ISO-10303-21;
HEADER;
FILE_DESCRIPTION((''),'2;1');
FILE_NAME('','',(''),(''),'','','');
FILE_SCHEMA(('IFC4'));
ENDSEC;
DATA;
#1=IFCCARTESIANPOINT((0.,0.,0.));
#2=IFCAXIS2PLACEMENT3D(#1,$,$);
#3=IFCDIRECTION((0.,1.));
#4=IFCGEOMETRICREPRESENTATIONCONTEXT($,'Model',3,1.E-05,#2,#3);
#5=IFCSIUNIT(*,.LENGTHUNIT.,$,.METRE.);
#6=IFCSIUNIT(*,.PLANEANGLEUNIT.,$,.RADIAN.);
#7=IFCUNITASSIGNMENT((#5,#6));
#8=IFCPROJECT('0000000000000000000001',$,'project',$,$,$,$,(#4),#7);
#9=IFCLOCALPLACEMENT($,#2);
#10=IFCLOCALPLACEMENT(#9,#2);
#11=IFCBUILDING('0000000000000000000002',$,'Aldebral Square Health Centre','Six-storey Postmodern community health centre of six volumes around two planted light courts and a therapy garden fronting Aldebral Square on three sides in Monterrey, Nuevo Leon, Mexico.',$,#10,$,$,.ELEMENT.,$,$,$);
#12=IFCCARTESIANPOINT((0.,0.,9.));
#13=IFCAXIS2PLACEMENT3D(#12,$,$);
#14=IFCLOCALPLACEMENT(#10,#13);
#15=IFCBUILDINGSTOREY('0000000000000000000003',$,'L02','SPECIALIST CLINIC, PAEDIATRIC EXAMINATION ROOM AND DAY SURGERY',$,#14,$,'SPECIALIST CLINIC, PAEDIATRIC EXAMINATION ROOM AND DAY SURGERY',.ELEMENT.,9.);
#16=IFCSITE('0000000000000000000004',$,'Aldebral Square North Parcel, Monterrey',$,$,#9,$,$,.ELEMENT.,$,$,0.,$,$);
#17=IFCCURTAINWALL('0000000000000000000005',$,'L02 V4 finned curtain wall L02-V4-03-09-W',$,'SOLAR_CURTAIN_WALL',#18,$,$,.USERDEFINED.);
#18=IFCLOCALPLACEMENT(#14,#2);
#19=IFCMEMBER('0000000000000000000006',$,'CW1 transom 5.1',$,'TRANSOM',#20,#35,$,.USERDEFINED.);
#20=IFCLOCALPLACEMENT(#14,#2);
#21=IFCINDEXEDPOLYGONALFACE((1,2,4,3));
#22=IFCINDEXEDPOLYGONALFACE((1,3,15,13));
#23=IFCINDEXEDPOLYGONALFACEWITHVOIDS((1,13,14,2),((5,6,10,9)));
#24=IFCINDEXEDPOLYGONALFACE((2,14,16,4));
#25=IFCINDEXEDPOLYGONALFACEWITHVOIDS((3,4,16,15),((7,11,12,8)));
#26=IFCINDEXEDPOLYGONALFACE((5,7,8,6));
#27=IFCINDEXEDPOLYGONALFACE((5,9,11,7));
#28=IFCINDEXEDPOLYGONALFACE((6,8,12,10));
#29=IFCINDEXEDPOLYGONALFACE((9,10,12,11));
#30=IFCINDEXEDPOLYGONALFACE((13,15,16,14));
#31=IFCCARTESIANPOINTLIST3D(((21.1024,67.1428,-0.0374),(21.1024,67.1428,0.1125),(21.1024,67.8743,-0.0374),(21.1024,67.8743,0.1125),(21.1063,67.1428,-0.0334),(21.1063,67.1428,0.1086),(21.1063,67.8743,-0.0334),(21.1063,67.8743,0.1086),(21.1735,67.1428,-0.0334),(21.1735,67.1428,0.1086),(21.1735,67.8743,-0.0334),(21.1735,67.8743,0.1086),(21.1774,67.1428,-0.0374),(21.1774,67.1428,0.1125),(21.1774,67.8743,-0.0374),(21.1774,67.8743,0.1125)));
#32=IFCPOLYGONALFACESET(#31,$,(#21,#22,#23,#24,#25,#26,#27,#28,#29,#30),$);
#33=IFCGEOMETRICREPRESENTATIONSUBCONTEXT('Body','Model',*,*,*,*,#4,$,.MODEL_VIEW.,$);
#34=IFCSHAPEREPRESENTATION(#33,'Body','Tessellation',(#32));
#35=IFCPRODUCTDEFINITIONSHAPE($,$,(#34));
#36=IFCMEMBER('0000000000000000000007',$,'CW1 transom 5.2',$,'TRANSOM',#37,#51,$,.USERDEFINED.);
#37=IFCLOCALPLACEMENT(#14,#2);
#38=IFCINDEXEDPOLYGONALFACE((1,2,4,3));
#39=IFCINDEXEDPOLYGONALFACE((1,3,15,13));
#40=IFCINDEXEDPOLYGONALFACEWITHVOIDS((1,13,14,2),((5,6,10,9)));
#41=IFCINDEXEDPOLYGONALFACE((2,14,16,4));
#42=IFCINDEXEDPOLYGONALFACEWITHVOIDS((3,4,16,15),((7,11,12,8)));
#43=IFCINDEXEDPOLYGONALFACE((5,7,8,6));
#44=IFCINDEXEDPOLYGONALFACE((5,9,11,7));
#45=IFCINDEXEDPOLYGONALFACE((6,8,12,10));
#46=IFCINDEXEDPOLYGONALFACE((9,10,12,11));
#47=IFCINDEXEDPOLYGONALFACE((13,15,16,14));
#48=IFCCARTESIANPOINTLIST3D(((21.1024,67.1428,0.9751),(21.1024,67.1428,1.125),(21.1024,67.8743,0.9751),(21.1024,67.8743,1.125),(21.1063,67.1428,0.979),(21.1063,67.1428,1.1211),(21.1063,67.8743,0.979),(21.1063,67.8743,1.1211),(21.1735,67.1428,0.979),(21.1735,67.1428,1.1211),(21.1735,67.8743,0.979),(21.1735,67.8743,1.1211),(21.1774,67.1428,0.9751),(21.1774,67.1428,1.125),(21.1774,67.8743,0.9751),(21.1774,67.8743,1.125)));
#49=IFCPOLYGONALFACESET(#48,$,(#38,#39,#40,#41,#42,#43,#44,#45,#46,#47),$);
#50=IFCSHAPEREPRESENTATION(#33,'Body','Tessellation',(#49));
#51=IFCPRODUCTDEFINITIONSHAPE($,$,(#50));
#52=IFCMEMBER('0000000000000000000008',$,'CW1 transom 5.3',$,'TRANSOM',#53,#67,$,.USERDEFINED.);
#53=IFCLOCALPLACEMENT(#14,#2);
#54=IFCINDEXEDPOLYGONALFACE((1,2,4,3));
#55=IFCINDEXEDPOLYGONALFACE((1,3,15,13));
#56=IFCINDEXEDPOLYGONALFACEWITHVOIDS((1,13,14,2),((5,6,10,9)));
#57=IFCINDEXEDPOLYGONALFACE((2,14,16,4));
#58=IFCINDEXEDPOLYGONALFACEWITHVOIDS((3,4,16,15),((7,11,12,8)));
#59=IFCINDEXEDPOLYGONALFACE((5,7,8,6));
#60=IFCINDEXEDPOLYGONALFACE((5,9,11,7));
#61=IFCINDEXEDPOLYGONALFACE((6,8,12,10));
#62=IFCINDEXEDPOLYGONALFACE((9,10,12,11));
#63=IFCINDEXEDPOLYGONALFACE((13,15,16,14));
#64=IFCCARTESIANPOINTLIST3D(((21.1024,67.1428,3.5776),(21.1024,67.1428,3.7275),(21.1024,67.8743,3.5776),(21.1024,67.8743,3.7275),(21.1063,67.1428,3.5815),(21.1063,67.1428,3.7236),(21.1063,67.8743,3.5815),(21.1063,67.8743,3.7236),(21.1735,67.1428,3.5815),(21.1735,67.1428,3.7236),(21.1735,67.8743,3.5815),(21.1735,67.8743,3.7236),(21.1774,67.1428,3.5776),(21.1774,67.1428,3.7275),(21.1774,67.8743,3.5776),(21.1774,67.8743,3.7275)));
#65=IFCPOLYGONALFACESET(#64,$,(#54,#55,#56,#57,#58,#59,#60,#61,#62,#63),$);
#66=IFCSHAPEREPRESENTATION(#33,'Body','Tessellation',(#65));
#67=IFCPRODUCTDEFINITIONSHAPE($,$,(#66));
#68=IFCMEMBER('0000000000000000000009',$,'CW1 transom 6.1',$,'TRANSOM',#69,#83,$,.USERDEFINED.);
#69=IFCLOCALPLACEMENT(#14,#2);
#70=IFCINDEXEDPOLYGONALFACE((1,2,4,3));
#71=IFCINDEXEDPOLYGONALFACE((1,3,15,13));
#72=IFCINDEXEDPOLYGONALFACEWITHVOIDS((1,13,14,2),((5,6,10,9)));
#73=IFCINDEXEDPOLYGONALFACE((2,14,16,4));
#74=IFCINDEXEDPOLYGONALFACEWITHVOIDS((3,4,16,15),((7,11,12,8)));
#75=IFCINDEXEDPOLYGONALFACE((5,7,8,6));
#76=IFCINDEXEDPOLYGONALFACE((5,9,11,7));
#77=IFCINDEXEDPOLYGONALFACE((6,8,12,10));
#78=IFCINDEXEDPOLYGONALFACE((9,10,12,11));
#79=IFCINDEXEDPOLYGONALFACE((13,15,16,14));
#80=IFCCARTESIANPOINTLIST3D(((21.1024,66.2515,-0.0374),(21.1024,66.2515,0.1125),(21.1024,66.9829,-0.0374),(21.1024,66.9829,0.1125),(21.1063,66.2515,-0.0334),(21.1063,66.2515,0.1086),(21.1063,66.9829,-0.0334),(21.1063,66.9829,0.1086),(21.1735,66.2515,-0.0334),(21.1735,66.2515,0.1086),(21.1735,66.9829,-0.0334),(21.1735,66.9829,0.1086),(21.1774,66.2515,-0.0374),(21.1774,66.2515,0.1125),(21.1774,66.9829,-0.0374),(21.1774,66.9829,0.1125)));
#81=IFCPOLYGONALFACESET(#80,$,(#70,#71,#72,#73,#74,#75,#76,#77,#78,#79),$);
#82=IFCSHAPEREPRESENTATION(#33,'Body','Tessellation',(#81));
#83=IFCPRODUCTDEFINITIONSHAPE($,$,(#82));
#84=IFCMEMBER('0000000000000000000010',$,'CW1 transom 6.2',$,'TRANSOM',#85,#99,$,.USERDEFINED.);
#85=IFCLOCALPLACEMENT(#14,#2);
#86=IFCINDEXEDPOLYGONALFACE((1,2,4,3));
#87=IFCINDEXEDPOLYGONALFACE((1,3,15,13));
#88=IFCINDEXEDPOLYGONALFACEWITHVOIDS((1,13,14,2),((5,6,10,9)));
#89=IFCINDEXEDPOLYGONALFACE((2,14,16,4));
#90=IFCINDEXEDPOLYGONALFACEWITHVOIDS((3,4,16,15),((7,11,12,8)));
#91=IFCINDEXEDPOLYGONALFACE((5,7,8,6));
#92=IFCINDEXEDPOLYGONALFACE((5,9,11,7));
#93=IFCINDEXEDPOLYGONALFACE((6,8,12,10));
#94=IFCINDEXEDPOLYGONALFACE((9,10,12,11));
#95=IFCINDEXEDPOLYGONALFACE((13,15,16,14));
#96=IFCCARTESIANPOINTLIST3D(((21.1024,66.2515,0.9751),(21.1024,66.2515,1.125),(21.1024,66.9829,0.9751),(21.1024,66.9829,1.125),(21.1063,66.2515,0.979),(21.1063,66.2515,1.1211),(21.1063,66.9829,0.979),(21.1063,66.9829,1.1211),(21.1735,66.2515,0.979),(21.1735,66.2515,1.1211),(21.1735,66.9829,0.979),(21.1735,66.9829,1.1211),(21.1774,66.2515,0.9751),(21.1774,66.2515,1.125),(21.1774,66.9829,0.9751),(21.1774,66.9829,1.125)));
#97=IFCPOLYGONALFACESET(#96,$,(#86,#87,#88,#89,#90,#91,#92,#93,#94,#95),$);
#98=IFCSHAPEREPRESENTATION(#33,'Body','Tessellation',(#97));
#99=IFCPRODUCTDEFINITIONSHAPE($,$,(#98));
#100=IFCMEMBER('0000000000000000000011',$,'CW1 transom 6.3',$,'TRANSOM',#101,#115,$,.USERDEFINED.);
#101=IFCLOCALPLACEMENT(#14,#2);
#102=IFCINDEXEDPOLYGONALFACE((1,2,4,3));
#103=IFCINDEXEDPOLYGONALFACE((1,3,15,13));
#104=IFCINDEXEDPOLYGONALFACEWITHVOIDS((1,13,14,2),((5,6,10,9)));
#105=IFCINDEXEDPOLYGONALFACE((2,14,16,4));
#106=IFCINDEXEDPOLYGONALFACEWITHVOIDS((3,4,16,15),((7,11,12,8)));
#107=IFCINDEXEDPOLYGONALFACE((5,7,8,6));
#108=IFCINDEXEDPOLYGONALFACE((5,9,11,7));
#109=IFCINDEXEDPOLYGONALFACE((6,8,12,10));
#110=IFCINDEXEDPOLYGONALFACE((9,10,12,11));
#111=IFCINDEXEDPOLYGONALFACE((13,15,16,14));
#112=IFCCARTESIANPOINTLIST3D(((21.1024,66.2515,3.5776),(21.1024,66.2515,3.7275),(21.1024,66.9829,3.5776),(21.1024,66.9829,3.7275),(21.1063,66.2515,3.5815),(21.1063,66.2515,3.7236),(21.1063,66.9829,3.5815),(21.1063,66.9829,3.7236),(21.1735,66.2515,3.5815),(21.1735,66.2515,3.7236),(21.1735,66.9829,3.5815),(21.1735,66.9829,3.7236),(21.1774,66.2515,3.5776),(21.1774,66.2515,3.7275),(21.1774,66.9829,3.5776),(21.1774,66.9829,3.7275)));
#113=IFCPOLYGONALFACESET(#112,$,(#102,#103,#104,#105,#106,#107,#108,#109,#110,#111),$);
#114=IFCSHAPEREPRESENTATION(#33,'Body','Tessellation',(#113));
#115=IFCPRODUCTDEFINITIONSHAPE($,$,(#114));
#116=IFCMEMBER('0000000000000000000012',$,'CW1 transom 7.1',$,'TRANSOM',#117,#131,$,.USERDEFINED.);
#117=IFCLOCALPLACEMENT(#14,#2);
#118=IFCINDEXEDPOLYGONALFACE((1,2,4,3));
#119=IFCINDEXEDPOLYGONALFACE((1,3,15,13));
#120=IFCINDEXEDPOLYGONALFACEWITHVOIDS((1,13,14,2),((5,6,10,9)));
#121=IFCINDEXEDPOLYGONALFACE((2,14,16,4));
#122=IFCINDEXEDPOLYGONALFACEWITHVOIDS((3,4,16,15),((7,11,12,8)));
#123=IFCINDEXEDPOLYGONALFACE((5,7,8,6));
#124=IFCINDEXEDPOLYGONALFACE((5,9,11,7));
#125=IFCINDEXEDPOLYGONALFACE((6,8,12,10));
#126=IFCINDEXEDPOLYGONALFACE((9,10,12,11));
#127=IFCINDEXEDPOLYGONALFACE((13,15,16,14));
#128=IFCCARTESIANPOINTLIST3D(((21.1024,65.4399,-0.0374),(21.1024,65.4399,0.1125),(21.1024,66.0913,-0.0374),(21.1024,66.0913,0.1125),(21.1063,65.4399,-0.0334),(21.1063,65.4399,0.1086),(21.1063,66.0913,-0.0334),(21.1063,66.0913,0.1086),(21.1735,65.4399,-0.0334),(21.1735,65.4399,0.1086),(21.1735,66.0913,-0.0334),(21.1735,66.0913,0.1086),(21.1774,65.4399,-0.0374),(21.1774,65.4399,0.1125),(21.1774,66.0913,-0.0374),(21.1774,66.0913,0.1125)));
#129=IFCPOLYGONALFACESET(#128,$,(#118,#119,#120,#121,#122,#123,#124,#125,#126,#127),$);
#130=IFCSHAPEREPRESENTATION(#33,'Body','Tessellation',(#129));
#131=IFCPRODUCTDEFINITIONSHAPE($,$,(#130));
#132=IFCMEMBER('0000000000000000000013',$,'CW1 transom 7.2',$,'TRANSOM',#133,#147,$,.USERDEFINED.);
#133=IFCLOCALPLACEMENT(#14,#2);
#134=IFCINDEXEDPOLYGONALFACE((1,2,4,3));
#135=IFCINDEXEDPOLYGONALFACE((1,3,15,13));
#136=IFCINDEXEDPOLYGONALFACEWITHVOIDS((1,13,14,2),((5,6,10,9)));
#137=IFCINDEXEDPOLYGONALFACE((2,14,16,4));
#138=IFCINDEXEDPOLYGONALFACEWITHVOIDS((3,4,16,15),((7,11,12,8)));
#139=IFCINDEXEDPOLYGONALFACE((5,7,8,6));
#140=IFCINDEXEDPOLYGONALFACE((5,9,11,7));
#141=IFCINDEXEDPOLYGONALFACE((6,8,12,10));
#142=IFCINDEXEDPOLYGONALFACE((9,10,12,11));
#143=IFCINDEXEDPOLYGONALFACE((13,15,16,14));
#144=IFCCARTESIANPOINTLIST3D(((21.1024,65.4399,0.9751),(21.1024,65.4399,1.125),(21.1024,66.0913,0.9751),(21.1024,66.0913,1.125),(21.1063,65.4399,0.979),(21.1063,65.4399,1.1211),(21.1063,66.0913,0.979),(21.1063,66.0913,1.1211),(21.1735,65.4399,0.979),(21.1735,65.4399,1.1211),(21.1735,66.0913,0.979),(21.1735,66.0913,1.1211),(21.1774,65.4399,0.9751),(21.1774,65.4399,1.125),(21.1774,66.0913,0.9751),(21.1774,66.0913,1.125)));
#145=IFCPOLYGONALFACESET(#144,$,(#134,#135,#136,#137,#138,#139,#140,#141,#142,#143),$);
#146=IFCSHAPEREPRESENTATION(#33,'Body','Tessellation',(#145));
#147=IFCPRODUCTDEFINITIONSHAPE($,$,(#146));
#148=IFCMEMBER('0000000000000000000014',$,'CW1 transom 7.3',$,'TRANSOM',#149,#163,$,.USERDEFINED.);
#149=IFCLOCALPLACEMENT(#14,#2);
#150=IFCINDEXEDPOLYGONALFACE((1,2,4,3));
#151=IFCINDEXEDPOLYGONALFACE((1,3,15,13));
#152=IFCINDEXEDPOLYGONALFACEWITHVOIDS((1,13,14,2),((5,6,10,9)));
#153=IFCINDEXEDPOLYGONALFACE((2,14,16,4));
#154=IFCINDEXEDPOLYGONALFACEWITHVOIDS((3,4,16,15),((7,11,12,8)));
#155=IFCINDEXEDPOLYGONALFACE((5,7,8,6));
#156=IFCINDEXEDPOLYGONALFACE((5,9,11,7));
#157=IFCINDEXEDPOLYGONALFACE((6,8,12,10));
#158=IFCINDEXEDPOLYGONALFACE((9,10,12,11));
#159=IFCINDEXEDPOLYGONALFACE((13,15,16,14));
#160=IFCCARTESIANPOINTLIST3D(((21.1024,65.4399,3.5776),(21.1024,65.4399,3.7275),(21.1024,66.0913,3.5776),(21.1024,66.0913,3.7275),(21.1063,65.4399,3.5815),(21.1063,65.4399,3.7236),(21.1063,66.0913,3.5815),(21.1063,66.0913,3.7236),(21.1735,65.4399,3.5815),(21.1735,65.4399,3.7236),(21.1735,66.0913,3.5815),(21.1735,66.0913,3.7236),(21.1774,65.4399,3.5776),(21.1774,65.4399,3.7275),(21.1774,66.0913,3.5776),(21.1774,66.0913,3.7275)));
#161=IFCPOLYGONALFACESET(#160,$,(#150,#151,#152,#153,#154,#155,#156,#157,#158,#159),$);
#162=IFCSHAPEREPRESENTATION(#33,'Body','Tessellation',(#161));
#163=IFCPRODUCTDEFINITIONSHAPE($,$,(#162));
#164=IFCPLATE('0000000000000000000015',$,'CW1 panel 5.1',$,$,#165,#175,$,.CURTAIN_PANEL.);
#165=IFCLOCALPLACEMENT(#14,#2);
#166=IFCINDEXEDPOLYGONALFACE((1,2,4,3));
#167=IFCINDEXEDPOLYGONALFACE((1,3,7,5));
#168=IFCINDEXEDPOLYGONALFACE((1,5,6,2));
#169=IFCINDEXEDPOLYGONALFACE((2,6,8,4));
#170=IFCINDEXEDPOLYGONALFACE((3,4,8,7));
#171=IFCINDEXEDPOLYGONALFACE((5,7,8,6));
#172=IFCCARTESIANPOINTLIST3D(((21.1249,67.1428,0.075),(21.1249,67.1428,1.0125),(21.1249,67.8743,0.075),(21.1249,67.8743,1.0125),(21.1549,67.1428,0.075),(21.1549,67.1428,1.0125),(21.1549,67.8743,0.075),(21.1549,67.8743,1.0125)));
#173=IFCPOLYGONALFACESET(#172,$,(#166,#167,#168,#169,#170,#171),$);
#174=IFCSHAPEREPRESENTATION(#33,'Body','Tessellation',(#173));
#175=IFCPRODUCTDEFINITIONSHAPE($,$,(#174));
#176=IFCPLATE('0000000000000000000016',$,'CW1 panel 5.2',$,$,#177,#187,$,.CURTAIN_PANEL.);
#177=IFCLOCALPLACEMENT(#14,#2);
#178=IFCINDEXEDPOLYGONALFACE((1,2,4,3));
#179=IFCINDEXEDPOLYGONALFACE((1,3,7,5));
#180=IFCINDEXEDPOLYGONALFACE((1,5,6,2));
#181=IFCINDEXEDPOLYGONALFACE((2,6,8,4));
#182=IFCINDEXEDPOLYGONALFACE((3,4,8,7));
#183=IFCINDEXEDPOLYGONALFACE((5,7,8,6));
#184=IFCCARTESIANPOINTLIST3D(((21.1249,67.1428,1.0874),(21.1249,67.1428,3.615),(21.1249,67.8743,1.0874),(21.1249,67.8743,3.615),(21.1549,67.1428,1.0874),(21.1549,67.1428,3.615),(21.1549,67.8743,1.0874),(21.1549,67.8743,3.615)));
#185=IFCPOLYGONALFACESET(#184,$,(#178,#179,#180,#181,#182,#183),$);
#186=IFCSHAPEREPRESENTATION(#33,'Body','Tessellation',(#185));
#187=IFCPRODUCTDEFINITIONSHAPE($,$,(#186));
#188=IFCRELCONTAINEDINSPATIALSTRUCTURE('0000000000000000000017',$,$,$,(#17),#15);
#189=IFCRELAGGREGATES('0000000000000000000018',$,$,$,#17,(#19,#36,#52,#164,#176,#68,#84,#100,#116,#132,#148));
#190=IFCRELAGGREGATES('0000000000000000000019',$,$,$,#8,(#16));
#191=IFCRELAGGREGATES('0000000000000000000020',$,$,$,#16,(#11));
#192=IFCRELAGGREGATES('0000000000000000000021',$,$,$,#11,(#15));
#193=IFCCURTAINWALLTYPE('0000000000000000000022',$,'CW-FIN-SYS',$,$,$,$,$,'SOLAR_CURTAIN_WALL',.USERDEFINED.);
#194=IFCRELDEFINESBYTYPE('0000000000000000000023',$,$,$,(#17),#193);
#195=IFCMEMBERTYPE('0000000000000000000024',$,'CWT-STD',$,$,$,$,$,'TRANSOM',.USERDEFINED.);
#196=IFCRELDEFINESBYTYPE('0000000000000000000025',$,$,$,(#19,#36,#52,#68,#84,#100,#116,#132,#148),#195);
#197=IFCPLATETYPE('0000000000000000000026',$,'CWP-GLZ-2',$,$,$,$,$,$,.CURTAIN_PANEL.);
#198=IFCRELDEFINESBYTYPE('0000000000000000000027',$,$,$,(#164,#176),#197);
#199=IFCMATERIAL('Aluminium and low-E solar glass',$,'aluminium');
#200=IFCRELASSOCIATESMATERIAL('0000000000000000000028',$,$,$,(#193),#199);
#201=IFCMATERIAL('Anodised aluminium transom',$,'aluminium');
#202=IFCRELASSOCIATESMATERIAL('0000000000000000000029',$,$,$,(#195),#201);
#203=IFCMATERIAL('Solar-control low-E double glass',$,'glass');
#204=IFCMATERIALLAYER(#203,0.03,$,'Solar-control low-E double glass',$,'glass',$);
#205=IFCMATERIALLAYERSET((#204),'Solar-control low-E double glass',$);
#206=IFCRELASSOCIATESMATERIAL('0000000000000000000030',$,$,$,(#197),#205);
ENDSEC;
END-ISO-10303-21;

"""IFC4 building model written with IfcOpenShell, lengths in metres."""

from ifc_helpers import new_model, si_unit, direction, frame, origin, origin_2d, place, context, subcontext, project, spatial, rectangle, hollow_rectangle, extrude, material, layer, layer_set, material_profile, profile_set, type_object, element, aggregate, save


model = new_model("IFC4")

# Units and contexts
model_context = context("Model", 3, precision=1e-05, world=origin(), true_north=direction((0.0, 1.0)))
body_context = subcontext(model_context, "Body", "Model", "MODEL_VIEW")
ifc_project = project(units=[si_unit("LENGTHUNIT", "METRE"), si_unit("PLANEANGLEUNIT", "RADIAN")], contexts=[model_context])

# Site, building, storey
site_placement = place(None, origin())
site = spatial("IfcSite", under=ifc_project, at=site_placement, Name="Aldebral Square North Parcel, Monterrey", CompositionType="ELEMENT", RefElevation=0.0)
building_placement = place(site_placement, origin())
building = spatial("IfcBuilding", under=site, at=building_placement, Name="Aldebral Square Health Centre", Description="Six-storey Postmodern community health centre of six volumes around two planted light courts and a therapy garden fronting Aldebral Square on three sides in Monterrey, Nuevo Leon, Mexico.", CompositionType="ELEMENT")
storey_placement = place(building_placement, frame((0.0, 0.0, 9.0)))
storey = spatial("IfcBuildingStorey", under=building, at=storey_placement, Name="L02", Description="SPECIALIST CLINIC, PAEDIATRIC EXAMINATION ROOM AND DAY SURGERY", LongName="SPECIALIST CLINIC, PAEDIATRIC EXAMINATION ROOM AND DAY SURGERY", CompositionType="ELEMENT", Elevation=9.0)

# Shared definitions
ifc_material_1 = material(Name="Aluminium and low-E solar glass", Category="aluminium")
curtain_wall_type = type_object("IfcCurtainWallType", Name="CW-FIN-SYS", ElementType="SOLAR_CURTAIN_WALL", PredefinedType="USERDEFINED", material=ifc_material_1)

# Curtain wall, members, plates
curtain_wall_1_placement = place(storey_placement, origin())
curtain_wall_1 = element("IfcCurtainWall", 1, at=curtain_wall_1_placement, inside=storey, type_object=curtain_wall_type, Name="L02 V4 finned curtain wall L02-V4-03-09-W", ObjectType="SOLAR_CURTAIN_WALL", PredefinedType="USERDEFINED")
ifc_material_2 = material(Name="Anodised aluminium transom", Category="aluminium")
ifc_material_profile_1 = material_profile(ifc_material_2, hollow_rectangle(XDim=0.075, YDim=0.1499, WallThickness=0.0039, at=origin_2d()), Name="CWT 75x150x4")
ifc_profile_set_1 = profile_set([ifc_material_profile_1], Name="Anodised aluminium transom")
member_type_1 = type_object("IfcMemberType", Name="CWT-STD", ElementType="TRANSOM", PredefinedType="USERDEFINED", material=ifc_profile_set_1)
member_1_placement = place(storey_placement, frame((21.1399, 67.8743, 0.0376), z_axis=(0.0, -1.0, 0.0), x_axis=(1.0, 0.0, 0.0)))
member_1 = element("IfcMember", 2, at=member_1_placement, type_object=member_type_1, Name="CW1 transom 5.1", ObjectType="TRANSOM", PredefinedType="USERDEFINED", context=body_context, shape_type="SweptSolid", body=[
    extrude(hollow_rectangle(XDim=0.075, YDim=0.1499, WallThickness=0.0039, at=origin_2d()), origin(), (0.0, 0.0, 1.0), 0.7314),
])
member_2_placement = place(storey_placement, frame((21.1399, 67.8743, 1.05), z_axis=(0.0, -1.0, 0.0), x_axis=(1.0, 0.0, 0.0)))
member_2 = element("IfcMember", 3, at=member_2_placement, type_object=member_type_1, Name="CW1 transom 5.2", ObjectType="TRANSOM", PredefinedType="USERDEFINED", context=body_context, shape_type="SweptSolid", body=[
    extrude(hollow_rectangle(XDim=0.075, YDim=0.1499, WallThickness=0.0039, at=origin_2d()), origin(), (0.0, 0.0, 1.0), 0.7314),
])
member_3_placement = place(storey_placement, frame((21.1399, 67.8743, 3.6526), z_axis=(0.0, -1.0, 0.0), x_axis=(1.0, 0.0, 0.0)))
member_3 = element("IfcMember", 4, at=member_3_placement, type_object=member_type_1, Name="CW1 transom 5.3", ObjectType="TRANSOM", PredefinedType="USERDEFINED", context=body_context, shape_type="SweptSolid", body=[
    extrude(hollow_rectangle(XDim=0.075, YDim=0.1499, WallThickness=0.0039, at=origin_2d()), origin(), (0.0, 0.0, 1.0), 0.7314),
])
member_4_placement = place(storey_placement, frame((21.1399, 66.9829, 0.0376), z_axis=(0.0, -1.0, 0.0), x_axis=(1.0, 0.0, 0.0)))
member_4 = element("IfcMember", 5, at=member_4_placement, type_object=member_type_1, Name="CW1 transom 6.1", ObjectType="TRANSOM", PredefinedType="USERDEFINED", context=body_context, shape_type="SweptSolid", body=[
    extrude(hollow_rectangle(XDim=0.075, YDim=0.1499, WallThickness=0.0039, at=origin_2d()), origin(), (0.0, 0.0, 1.0), 0.7314),
])
member_5_placement = place(storey_placement, frame((21.1399, 66.9829, 1.05), z_axis=(0.0, -1.0, 0.0), x_axis=(1.0, 0.0, 0.0)))
member_5 = element("IfcMember", 6, at=member_5_placement, type_object=member_type_1, Name="CW1 transom 6.2", ObjectType="TRANSOM", PredefinedType="USERDEFINED", context=body_context, shape_type="SweptSolid", body=[
    extrude(hollow_rectangle(XDim=0.075, YDim=0.1499, WallThickness=0.0039, at=origin_2d()), origin(), (0.0, 0.0, 1.0), 0.7314),
])
member_6_placement = place(storey_placement, frame((21.1399, 66.9829, 3.6526), z_axis=(0.0, -1.0, 0.0), x_axis=(1.0, 0.0, 0.0)))
member_6 = element("IfcMember", 7, at=member_6_placement, type_object=member_type_1, Name="CW1 transom 6.3", ObjectType="TRANSOM", PredefinedType="USERDEFINED", context=body_context, shape_type="SweptSolid", body=[
    extrude(hollow_rectangle(XDim=0.075, YDim=0.1499, WallThickness=0.0039, at=origin_2d()), origin(), (0.0, 0.0, 1.0), 0.7314),
])
member_7_placement = place(storey_placement, frame((21.1399, 66.0913, 0.0376), z_axis=(0.0, -1.0, 0.0), x_axis=(1.0, 0.0, 0.0)))
member_7 = element("IfcMember", 8, at=member_7_placement, type_object=member_type_1, Name="CW1 transom 7.1", ObjectType="TRANSOM", PredefinedType="USERDEFINED", context=body_context, shape_type="SweptSolid", body=[
    extrude(hollow_rectangle(XDim=0.075, YDim=0.1499, WallThickness=0.0039, at=origin_2d()), origin(), (0.0, 0.0, 1.0), 0.6514),
])
member_8_placement = place(storey_placement, frame((21.1399, 66.0913, 1.05), z_axis=(0.0, -1.0, 0.0), x_axis=(1.0, 0.0, 0.0)))
member_8 = element("IfcMember", 9, at=member_8_placement, type_object=member_type_1, Name="CW1 transom 7.2", ObjectType="TRANSOM", PredefinedType="USERDEFINED", context=body_context, shape_type="SweptSolid", body=[
    extrude(hollow_rectangle(XDim=0.075, YDim=0.1499, WallThickness=0.0039, at=origin_2d()), origin(), (0.0, 0.0, 1.0), 0.6514),
])
member_9_placement = place(storey_placement, frame((21.1399, 66.0913, 3.6526), z_axis=(0.0, -1.0, 0.0), x_axis=(1.0, 0.0, 0.0)))
member_9 = element("IfcMember", 10, at=member_9_placement, type_object=member_type_1, Name="CW1 transom 7.3", ObjectType="TRANSOM", PredefinedType="USERDEFINED", context=body_context, shape_type="SweptSolid", body=[
    extrude(hollow_rectangle(XDim=0.075, YDim=0.1499, WallThickness=0.0039, at=origin_2d()), origin(), (0.0, 0.0, 1.0), 0.6514),
])
ifc_material_3 = material(Name="Solar-control low-E double glass", Category="glass")
ifc_layer_1 = layer(ifc_material_3, 0.03, Name="Solar-control low-E double glass", Category="glass")
ifc_layer_set_1 = layer_set([ifc_layer_1], Name="Solar-control low-E double glass")
plate_type_1 = type_object("IfcPlateType", Name="CWP-GLZ-2", PredefinedType="CURTAIN_PANEL", material=ifc_layer_set_1)
plate_1_placement = place(storey_placement, frame((21.1399, 67.5085, 0.075), z_axis=(0.0, 0.0, 1.0), x_axis=(0.0, -1.0, 0.0)))
plate_1 = element("IfcPlate", 11, at=plate_1_placement, type_object=plate_type_1, Name="CW1 panel 5.1", PredefinedType="CURTAIN_PANEL", context=body_context, shape_type="SweptSolid", body=[
    extrude(rectangle(XDim=0.7314, YDim=0.03, at=origin_2d()), origin(), (0.0, 0.0, 1.0), 0.9375),
])
plate_2_placement = place(storey_placement, frame((21.1399, 67.5085, 1.0874), z_axis=(0.0, 0.0, 1.0), x_axis=(0.0, -1.0, 0.0)))
plate_2 = element("IfcPlate", 12, at=plate_2_placement, type_object=plate_type_1, Name="CW1 panel 5.2", PredefinedType="CURTAIN_PANEL", context=body_context, shape_type="SweptSolid", body=[
    extrude(rectangle(XDim=0.7314, YDim=0.03, at=origin_2d()), origin(), (0.0, 0.0, 1.0), 2.5276),
])
aggregate(curtain_wall_1, [member_1, member_2, member_3, plate_1, plate_2, member_4, member_5, member_6, member_7, member_8, member_9])

save(model, "model.ifc")
